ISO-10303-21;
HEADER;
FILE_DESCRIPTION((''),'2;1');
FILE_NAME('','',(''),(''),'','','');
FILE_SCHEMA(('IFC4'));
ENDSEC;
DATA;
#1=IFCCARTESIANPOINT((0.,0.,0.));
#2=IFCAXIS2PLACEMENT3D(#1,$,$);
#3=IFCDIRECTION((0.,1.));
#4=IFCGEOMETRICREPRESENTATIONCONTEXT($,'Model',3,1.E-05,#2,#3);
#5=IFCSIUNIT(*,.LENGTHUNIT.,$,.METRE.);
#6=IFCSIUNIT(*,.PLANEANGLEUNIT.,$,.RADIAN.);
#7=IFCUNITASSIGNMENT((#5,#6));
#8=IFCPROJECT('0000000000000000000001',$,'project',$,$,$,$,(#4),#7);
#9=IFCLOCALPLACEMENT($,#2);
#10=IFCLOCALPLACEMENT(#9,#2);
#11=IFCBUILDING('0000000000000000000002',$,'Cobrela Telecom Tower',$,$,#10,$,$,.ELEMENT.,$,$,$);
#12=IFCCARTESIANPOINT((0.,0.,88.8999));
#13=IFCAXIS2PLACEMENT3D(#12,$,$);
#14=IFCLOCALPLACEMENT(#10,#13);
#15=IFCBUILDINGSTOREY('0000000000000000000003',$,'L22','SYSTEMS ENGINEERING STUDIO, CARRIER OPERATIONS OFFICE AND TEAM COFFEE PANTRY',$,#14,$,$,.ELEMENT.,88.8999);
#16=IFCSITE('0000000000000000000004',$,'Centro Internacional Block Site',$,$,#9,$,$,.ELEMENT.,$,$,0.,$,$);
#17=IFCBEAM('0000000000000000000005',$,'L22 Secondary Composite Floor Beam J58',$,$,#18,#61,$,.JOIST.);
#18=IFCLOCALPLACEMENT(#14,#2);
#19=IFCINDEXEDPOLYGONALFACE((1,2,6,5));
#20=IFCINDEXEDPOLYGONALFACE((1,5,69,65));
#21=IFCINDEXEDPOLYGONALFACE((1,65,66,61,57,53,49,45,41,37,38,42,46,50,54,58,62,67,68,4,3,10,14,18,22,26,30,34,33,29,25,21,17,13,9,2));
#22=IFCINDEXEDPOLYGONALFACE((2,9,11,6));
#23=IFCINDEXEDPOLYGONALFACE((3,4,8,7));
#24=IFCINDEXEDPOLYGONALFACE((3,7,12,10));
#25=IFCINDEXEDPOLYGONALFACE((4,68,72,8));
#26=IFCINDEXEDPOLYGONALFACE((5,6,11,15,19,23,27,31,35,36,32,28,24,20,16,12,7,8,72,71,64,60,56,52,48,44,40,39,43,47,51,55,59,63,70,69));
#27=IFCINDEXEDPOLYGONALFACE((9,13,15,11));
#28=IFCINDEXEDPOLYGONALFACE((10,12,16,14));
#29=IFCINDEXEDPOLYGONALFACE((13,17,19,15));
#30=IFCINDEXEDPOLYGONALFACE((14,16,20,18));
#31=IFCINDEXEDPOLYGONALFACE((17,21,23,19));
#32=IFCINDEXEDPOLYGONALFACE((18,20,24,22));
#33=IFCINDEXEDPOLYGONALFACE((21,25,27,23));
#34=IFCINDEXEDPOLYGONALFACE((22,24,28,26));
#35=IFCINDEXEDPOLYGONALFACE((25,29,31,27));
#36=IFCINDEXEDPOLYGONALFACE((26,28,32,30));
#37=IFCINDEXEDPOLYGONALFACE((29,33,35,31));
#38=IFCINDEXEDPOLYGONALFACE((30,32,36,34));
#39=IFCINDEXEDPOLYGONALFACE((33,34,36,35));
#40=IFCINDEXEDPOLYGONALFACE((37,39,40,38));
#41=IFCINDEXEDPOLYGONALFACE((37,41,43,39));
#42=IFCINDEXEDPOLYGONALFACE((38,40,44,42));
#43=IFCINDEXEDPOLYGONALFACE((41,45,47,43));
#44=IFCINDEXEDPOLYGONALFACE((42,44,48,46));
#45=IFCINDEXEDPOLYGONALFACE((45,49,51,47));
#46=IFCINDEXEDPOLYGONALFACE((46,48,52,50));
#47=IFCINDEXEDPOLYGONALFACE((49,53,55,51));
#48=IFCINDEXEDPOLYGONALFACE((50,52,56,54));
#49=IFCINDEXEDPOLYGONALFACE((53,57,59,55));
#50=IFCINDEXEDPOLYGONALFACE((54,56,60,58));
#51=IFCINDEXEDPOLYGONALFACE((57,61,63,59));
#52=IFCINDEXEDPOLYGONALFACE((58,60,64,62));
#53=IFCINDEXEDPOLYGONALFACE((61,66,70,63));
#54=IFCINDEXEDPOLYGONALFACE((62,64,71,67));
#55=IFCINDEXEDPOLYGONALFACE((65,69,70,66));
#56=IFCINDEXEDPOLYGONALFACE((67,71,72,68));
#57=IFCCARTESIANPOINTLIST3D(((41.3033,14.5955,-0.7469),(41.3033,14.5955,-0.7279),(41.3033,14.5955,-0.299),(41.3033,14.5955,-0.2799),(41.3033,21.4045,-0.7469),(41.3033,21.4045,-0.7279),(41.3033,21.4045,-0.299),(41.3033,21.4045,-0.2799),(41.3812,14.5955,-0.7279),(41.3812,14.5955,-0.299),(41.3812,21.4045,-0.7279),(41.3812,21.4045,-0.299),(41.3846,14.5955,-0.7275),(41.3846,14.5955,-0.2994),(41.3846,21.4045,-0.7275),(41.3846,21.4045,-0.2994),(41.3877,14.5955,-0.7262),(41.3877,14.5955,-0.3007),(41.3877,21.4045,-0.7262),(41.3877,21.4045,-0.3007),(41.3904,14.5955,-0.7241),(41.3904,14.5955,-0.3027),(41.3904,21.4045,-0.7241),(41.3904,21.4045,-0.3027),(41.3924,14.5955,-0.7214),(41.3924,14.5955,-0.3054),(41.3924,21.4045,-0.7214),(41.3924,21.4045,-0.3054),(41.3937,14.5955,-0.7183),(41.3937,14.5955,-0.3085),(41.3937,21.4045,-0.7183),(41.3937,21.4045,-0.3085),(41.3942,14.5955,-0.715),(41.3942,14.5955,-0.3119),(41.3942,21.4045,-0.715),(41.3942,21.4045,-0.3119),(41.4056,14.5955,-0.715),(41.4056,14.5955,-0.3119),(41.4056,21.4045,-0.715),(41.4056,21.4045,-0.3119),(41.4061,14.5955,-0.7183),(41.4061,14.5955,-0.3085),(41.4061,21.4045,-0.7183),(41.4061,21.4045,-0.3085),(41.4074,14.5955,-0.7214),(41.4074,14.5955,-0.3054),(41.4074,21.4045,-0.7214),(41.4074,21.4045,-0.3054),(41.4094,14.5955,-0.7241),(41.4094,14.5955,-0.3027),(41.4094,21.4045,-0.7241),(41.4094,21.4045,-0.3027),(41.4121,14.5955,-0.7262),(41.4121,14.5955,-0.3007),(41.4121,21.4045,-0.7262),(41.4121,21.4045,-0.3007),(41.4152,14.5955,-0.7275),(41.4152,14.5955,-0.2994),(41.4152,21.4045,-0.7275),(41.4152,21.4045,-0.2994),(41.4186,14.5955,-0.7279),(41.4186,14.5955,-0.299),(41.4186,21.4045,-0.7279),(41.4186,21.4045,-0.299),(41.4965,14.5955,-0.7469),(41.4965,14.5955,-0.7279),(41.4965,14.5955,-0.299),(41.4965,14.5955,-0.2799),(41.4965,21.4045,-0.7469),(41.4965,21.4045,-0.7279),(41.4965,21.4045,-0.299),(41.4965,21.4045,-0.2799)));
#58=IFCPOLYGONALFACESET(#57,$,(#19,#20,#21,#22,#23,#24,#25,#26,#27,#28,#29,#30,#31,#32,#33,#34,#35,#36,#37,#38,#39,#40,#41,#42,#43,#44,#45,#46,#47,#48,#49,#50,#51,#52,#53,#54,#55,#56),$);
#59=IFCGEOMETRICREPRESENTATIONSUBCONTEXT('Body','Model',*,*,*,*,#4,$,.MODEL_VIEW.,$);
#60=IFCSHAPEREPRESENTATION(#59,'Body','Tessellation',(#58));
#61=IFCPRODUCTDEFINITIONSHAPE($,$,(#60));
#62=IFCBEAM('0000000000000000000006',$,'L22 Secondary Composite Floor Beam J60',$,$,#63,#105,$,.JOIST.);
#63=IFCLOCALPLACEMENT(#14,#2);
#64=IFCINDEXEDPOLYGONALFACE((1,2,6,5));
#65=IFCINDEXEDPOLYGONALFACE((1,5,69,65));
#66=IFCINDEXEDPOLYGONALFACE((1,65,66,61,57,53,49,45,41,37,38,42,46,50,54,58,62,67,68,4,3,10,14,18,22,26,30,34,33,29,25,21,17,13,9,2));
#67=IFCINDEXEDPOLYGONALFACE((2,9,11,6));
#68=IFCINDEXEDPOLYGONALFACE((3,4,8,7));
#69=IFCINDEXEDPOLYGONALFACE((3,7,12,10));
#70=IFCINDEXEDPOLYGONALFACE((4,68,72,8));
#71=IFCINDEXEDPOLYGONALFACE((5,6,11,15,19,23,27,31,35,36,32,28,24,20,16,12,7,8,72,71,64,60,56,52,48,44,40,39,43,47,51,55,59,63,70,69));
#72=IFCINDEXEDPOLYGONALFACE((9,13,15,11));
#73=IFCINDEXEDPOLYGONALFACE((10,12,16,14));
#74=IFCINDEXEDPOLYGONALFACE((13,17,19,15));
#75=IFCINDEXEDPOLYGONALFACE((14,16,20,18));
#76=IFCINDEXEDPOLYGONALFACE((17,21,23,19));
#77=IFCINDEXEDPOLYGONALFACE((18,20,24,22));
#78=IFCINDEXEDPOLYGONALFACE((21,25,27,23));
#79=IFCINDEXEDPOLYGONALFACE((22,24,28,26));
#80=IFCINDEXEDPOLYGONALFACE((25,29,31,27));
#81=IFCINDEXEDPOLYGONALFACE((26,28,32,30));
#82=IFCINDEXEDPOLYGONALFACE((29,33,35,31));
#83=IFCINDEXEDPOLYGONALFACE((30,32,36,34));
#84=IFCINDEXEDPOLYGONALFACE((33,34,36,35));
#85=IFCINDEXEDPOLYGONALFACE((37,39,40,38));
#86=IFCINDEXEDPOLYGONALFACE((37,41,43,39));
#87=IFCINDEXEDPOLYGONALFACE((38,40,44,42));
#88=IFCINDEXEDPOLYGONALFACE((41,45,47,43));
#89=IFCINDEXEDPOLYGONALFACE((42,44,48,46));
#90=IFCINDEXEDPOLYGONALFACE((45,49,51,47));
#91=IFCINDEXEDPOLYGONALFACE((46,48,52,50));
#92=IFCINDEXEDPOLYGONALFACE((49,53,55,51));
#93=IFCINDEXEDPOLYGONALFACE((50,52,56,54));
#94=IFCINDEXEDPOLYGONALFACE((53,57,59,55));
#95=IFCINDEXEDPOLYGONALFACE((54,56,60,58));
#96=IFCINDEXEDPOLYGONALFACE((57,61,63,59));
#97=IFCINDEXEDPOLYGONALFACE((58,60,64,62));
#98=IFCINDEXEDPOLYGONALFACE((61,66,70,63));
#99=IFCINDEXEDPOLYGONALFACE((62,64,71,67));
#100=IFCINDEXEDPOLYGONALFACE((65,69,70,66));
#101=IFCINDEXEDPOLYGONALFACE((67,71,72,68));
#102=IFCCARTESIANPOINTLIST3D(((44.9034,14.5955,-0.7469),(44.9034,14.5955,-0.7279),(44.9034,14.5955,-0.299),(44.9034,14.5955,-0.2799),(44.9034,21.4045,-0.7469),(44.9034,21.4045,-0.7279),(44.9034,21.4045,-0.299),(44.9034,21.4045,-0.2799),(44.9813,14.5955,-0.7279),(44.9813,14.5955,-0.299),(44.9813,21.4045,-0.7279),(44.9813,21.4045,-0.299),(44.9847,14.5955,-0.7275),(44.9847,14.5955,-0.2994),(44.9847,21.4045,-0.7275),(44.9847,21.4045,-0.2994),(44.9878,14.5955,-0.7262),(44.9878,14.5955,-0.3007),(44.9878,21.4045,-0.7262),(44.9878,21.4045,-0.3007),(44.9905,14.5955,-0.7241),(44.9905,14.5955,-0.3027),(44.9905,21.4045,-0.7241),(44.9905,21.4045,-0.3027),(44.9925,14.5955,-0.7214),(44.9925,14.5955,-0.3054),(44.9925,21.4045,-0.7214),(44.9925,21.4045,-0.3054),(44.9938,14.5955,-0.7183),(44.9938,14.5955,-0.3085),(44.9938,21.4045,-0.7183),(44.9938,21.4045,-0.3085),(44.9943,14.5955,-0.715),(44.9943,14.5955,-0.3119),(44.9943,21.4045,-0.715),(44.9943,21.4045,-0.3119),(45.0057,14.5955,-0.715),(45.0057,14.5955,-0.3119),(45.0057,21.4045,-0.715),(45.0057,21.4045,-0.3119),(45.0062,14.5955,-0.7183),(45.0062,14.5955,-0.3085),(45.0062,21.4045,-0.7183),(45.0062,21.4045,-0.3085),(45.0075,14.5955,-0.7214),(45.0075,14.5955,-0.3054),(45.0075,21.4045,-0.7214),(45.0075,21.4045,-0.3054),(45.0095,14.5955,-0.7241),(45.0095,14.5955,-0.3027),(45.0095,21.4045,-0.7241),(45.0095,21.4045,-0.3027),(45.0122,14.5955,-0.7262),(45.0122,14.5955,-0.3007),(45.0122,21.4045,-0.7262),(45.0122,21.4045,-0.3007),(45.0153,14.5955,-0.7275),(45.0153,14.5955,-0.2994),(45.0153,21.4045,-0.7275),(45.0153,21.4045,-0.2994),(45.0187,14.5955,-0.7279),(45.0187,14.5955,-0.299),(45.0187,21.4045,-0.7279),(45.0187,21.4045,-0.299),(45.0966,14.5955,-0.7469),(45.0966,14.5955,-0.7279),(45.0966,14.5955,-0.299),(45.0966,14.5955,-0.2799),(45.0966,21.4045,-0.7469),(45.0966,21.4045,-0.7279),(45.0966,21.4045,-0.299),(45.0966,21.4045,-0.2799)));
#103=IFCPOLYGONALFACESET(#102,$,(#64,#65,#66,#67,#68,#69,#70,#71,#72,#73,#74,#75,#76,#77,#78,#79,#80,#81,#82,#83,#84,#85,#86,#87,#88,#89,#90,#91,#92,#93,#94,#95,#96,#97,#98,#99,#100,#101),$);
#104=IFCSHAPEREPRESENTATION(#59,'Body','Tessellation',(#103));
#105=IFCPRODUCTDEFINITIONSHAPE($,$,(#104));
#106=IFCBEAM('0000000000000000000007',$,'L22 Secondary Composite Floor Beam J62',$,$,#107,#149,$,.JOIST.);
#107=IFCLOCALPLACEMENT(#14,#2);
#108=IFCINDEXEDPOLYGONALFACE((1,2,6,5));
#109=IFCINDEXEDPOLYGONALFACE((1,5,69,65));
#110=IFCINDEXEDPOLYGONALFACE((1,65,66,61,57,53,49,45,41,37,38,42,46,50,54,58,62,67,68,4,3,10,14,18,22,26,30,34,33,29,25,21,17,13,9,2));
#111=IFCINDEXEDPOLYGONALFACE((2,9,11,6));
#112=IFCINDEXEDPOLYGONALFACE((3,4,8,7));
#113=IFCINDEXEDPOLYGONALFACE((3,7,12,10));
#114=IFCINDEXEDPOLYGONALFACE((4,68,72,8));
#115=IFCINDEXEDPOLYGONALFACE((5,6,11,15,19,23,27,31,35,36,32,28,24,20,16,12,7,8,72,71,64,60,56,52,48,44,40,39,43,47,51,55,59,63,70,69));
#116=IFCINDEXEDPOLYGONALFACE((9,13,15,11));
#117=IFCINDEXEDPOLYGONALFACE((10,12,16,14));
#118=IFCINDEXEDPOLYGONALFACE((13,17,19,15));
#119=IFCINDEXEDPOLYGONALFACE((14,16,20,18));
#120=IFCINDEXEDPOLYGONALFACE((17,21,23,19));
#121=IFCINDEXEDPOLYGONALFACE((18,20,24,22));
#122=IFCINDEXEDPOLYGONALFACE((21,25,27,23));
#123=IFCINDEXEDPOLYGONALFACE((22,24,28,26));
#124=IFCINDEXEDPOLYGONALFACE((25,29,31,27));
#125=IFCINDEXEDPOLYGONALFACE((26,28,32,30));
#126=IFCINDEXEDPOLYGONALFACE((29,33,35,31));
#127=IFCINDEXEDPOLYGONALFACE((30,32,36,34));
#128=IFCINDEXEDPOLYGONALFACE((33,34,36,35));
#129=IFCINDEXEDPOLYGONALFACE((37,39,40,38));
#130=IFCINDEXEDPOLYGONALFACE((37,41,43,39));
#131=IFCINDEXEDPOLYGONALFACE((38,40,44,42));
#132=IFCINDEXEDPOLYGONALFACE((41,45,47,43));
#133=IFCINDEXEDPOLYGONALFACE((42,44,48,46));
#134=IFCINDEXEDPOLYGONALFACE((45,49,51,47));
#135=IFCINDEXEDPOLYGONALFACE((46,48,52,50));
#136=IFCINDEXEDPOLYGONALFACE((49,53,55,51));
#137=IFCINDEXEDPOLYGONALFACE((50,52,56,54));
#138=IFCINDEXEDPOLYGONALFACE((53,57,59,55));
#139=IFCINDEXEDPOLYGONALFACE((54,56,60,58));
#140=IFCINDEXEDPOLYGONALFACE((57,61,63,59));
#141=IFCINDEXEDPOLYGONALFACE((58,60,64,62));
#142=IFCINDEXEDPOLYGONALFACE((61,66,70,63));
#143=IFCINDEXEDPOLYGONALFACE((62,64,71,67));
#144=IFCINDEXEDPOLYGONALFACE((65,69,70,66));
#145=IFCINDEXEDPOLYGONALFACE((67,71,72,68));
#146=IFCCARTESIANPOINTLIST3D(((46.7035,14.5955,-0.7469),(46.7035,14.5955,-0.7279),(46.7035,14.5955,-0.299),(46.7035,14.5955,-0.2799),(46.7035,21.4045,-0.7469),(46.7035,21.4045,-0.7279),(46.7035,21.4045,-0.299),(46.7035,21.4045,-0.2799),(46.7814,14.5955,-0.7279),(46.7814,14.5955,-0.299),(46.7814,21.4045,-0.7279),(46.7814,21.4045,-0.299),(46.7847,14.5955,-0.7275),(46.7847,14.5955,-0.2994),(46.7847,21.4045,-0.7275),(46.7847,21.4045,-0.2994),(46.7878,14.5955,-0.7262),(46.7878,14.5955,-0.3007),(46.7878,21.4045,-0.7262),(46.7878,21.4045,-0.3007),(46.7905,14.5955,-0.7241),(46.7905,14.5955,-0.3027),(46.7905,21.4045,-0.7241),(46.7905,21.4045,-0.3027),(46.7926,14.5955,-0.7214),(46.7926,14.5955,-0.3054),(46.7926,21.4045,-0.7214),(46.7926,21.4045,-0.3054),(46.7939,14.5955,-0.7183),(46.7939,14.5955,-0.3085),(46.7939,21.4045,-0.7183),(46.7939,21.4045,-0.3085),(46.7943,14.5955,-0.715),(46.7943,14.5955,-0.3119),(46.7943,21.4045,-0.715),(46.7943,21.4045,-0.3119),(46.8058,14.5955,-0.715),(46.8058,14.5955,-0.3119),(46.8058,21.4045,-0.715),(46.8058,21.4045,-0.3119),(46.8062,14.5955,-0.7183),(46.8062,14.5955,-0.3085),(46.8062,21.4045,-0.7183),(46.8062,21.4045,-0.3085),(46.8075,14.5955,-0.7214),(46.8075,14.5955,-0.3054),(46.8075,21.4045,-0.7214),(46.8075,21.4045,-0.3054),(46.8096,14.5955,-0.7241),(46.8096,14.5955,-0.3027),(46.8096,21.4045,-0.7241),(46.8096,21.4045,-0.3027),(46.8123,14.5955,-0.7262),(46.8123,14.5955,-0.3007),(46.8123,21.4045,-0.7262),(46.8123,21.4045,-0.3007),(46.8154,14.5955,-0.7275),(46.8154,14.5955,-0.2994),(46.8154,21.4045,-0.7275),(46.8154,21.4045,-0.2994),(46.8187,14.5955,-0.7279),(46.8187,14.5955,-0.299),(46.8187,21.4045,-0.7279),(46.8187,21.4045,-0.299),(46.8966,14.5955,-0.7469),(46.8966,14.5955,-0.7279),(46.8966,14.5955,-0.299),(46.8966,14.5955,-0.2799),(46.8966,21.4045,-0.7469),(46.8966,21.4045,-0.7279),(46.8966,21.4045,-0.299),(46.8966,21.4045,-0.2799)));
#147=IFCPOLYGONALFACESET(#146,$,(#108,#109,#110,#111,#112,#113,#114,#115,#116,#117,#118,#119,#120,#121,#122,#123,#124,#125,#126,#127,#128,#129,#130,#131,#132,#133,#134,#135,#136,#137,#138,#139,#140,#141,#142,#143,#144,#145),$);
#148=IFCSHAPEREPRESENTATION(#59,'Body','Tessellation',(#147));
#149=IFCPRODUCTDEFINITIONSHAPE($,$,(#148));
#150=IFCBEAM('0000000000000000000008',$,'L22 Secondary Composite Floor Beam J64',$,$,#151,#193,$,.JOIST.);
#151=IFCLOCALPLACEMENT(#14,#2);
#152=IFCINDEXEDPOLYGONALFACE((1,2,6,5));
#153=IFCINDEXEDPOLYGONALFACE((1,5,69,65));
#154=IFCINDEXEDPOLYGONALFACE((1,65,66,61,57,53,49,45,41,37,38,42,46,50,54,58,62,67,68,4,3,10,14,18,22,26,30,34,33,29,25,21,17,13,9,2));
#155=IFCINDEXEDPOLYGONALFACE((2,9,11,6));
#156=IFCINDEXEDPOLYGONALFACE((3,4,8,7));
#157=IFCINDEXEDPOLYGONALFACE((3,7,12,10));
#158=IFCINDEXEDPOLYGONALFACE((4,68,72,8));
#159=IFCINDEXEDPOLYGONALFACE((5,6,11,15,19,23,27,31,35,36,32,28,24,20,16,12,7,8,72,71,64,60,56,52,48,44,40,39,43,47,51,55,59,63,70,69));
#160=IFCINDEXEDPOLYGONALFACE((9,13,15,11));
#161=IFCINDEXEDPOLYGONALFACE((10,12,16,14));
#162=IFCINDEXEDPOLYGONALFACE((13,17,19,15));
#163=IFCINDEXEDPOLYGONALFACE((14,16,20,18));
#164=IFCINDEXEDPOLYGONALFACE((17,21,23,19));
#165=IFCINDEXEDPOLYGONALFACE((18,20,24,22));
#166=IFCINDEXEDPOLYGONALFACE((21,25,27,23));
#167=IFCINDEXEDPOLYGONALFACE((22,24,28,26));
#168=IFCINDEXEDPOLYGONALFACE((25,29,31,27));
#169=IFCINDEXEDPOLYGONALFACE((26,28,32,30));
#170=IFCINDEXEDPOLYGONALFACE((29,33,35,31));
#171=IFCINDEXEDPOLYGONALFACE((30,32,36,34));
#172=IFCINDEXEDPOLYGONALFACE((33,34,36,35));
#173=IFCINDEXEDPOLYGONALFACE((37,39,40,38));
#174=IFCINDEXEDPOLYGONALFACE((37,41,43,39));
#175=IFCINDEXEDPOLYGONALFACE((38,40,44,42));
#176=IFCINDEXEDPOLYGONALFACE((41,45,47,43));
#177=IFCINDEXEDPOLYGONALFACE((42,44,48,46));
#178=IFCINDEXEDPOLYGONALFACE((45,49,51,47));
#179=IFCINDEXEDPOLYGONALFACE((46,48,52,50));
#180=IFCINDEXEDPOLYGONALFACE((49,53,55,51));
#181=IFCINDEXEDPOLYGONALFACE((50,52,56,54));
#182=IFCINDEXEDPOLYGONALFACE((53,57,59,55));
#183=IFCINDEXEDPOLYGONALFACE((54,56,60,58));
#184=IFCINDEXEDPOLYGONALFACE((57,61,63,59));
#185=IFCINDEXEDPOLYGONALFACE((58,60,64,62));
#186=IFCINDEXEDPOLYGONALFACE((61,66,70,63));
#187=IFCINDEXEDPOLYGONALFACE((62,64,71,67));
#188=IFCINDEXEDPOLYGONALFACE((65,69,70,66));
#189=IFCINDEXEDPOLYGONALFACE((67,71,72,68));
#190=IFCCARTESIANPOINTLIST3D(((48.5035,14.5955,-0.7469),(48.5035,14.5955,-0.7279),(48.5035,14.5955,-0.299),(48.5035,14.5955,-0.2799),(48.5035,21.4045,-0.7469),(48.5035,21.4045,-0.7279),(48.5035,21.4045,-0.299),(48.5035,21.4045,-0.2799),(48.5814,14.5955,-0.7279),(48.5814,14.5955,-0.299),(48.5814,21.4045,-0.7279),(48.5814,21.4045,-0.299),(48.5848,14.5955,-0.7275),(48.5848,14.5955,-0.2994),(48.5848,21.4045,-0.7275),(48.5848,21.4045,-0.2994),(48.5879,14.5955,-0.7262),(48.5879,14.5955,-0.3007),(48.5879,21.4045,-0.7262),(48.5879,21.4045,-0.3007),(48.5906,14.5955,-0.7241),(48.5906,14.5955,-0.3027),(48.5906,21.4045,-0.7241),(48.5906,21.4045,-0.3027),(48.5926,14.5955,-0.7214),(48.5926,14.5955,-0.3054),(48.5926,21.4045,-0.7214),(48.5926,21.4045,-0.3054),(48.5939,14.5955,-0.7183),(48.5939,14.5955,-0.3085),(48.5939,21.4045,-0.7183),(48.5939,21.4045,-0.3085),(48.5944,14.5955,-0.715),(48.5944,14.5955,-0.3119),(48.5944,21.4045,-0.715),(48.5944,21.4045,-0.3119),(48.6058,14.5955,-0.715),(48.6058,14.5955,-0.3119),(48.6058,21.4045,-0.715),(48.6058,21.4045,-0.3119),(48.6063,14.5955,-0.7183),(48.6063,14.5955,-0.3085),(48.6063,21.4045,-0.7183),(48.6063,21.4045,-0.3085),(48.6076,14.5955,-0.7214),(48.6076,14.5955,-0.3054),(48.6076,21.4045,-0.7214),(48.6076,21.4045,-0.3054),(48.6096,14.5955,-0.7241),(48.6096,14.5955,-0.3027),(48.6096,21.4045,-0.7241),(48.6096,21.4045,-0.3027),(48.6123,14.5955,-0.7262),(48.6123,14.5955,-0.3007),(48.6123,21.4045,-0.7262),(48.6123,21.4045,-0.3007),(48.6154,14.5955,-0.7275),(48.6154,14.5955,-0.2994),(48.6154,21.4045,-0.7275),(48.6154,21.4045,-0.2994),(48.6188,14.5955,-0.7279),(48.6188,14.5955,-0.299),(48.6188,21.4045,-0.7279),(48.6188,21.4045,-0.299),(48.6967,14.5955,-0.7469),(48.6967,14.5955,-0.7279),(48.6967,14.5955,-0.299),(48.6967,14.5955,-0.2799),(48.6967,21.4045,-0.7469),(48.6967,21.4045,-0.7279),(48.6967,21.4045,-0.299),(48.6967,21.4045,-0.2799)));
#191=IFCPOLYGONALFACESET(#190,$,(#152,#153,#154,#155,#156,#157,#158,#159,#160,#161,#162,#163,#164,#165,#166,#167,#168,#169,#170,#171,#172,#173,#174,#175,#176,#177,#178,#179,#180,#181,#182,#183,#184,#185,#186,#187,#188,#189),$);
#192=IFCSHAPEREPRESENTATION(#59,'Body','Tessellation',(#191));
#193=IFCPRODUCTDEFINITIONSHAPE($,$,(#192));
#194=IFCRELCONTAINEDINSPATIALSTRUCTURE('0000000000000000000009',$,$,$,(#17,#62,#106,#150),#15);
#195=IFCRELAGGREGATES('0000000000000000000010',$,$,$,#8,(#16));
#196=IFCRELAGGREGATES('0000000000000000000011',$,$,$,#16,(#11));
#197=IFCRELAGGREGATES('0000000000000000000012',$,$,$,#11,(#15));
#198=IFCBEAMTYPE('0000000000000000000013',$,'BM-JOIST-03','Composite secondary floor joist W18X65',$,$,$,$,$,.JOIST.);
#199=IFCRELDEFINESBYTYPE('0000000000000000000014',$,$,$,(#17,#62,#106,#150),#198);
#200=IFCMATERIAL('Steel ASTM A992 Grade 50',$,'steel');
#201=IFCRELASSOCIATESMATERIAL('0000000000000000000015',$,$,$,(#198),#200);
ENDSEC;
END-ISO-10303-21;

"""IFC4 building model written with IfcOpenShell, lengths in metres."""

from ifc_helpers import new_model, si_unit, direction, frame, origin, origin_2d, place, context, subcontext, project, spatial, i_section, extrude, material, material_profile, profile_set, type_object, element, save


model = new_model("IFC4")

# Units and contexts
model_context = context("Model", 3, precision=1e-05, world=origin(), true_north=direction((0.0, 1.0)))
body_context = subcontext(model_context, "Body", "Model", "MODEL_VIEW")
ifc_project = project(units=[si_unit("LENGTHUNIT", "METRE"), si_unit("PLANEANGLEUNIT", "RADIAN")], contexts=[model_context])

# Site, building, storey
site_placement = place(None, origin())
site = spatial("IfcSite", under=ifc_project, at=site_placement, Name="Centro Internacional Block Site", CompositionType="ELEMENT", RefElevation=0.0)
building_placement = place(site_placement, origin())
building = spatial("IfcBuilding", under=site, at=building_placement, Name="Cobrela Telecom Tower", CompositionType="ELEMENT")
storey_placement = place(building_placement, frame((0.0, 0.0, 88.8999)))
storey = spatial("IfcBuildingStorey", under=building, at=storey_placement, Name="L22", Description="SYSTEMS ENGINEERING STUDIO, CARRIER OPERATIONS OFFICE AND TEAM COFFEE PANTRY", CompositionType="ELEMENT", Elevation=88.8999)

# Shared definitions
ifc_material_1 = material(Name="Steel ASTM A992 Grade 50", Category="steel")

# Beams
ifc_material_profile_1 = material_profile(ifc_material_1, i_section(OverallWidth=0.1931, OverallDepth=0.467, WebThickness=0.0115, FlangeThickness=0.019, FilletRadius=0.0129, at=origin_2d()), Name="W18X65")
ifc_profile_set_1 = profile_set([ifc_material_profile_1], Name="Steel ASTM A992 Grade 50")
beam_type_1 = type_object("IfcBeamType", Name="BM-JOIST-03", Description="Composite secondary floor joist W18X65", PredefinedType="JOIST", material=ifc_profile_set_1)
for number, where, z_axis, x_axis, name in (
    (1, (41.3999, 14.5955, -0.5134), (0.0, 1.0, 0.0), (-1.0, 0.0, 0.0), "L22 Secondary Composite Floor Beam J58"),
    (2, (45.0, 14.5955, -0.5134), (0.0, 1.0, 0.0), (-1.0, 0.0, 0.0), "L22 Secondary Composite Floor Beam J60"),
    (3, (46.8, 14.5955, -0.5134), (0.0, 1.0, 0.0), (-1.0, 0.0, 0.0), "L22 Secondary Composite Floor Beam J62"),
    (4, (48.6001, 14.5955, -0.5134), (0.0, 1.0, 0.0), (-1.0, 0.0, 0.0), "L22 Secondary Composite Floor Beam J64"),
):
    element("IfcBeam", number, at=place(storey_placement, frame(where, z_axis=z_axis, x_axis=x_axis)), inside=storey, type_object=beam_type_1, Name=name, PredefinedType="JOIST", context=body_context, shape_type="SweptSolid", body=[
        extrude(i_section(OverallWidth=0.1931, OverallDepth=0.467, WebThickness=0.0115, FlangeThickness=0.019, FilletRadius=0.0129, at=origin_2d()), origin(), (0.0, 0.0, 1.0), 6.8091),
    ])

save(model, "model.ifc")
